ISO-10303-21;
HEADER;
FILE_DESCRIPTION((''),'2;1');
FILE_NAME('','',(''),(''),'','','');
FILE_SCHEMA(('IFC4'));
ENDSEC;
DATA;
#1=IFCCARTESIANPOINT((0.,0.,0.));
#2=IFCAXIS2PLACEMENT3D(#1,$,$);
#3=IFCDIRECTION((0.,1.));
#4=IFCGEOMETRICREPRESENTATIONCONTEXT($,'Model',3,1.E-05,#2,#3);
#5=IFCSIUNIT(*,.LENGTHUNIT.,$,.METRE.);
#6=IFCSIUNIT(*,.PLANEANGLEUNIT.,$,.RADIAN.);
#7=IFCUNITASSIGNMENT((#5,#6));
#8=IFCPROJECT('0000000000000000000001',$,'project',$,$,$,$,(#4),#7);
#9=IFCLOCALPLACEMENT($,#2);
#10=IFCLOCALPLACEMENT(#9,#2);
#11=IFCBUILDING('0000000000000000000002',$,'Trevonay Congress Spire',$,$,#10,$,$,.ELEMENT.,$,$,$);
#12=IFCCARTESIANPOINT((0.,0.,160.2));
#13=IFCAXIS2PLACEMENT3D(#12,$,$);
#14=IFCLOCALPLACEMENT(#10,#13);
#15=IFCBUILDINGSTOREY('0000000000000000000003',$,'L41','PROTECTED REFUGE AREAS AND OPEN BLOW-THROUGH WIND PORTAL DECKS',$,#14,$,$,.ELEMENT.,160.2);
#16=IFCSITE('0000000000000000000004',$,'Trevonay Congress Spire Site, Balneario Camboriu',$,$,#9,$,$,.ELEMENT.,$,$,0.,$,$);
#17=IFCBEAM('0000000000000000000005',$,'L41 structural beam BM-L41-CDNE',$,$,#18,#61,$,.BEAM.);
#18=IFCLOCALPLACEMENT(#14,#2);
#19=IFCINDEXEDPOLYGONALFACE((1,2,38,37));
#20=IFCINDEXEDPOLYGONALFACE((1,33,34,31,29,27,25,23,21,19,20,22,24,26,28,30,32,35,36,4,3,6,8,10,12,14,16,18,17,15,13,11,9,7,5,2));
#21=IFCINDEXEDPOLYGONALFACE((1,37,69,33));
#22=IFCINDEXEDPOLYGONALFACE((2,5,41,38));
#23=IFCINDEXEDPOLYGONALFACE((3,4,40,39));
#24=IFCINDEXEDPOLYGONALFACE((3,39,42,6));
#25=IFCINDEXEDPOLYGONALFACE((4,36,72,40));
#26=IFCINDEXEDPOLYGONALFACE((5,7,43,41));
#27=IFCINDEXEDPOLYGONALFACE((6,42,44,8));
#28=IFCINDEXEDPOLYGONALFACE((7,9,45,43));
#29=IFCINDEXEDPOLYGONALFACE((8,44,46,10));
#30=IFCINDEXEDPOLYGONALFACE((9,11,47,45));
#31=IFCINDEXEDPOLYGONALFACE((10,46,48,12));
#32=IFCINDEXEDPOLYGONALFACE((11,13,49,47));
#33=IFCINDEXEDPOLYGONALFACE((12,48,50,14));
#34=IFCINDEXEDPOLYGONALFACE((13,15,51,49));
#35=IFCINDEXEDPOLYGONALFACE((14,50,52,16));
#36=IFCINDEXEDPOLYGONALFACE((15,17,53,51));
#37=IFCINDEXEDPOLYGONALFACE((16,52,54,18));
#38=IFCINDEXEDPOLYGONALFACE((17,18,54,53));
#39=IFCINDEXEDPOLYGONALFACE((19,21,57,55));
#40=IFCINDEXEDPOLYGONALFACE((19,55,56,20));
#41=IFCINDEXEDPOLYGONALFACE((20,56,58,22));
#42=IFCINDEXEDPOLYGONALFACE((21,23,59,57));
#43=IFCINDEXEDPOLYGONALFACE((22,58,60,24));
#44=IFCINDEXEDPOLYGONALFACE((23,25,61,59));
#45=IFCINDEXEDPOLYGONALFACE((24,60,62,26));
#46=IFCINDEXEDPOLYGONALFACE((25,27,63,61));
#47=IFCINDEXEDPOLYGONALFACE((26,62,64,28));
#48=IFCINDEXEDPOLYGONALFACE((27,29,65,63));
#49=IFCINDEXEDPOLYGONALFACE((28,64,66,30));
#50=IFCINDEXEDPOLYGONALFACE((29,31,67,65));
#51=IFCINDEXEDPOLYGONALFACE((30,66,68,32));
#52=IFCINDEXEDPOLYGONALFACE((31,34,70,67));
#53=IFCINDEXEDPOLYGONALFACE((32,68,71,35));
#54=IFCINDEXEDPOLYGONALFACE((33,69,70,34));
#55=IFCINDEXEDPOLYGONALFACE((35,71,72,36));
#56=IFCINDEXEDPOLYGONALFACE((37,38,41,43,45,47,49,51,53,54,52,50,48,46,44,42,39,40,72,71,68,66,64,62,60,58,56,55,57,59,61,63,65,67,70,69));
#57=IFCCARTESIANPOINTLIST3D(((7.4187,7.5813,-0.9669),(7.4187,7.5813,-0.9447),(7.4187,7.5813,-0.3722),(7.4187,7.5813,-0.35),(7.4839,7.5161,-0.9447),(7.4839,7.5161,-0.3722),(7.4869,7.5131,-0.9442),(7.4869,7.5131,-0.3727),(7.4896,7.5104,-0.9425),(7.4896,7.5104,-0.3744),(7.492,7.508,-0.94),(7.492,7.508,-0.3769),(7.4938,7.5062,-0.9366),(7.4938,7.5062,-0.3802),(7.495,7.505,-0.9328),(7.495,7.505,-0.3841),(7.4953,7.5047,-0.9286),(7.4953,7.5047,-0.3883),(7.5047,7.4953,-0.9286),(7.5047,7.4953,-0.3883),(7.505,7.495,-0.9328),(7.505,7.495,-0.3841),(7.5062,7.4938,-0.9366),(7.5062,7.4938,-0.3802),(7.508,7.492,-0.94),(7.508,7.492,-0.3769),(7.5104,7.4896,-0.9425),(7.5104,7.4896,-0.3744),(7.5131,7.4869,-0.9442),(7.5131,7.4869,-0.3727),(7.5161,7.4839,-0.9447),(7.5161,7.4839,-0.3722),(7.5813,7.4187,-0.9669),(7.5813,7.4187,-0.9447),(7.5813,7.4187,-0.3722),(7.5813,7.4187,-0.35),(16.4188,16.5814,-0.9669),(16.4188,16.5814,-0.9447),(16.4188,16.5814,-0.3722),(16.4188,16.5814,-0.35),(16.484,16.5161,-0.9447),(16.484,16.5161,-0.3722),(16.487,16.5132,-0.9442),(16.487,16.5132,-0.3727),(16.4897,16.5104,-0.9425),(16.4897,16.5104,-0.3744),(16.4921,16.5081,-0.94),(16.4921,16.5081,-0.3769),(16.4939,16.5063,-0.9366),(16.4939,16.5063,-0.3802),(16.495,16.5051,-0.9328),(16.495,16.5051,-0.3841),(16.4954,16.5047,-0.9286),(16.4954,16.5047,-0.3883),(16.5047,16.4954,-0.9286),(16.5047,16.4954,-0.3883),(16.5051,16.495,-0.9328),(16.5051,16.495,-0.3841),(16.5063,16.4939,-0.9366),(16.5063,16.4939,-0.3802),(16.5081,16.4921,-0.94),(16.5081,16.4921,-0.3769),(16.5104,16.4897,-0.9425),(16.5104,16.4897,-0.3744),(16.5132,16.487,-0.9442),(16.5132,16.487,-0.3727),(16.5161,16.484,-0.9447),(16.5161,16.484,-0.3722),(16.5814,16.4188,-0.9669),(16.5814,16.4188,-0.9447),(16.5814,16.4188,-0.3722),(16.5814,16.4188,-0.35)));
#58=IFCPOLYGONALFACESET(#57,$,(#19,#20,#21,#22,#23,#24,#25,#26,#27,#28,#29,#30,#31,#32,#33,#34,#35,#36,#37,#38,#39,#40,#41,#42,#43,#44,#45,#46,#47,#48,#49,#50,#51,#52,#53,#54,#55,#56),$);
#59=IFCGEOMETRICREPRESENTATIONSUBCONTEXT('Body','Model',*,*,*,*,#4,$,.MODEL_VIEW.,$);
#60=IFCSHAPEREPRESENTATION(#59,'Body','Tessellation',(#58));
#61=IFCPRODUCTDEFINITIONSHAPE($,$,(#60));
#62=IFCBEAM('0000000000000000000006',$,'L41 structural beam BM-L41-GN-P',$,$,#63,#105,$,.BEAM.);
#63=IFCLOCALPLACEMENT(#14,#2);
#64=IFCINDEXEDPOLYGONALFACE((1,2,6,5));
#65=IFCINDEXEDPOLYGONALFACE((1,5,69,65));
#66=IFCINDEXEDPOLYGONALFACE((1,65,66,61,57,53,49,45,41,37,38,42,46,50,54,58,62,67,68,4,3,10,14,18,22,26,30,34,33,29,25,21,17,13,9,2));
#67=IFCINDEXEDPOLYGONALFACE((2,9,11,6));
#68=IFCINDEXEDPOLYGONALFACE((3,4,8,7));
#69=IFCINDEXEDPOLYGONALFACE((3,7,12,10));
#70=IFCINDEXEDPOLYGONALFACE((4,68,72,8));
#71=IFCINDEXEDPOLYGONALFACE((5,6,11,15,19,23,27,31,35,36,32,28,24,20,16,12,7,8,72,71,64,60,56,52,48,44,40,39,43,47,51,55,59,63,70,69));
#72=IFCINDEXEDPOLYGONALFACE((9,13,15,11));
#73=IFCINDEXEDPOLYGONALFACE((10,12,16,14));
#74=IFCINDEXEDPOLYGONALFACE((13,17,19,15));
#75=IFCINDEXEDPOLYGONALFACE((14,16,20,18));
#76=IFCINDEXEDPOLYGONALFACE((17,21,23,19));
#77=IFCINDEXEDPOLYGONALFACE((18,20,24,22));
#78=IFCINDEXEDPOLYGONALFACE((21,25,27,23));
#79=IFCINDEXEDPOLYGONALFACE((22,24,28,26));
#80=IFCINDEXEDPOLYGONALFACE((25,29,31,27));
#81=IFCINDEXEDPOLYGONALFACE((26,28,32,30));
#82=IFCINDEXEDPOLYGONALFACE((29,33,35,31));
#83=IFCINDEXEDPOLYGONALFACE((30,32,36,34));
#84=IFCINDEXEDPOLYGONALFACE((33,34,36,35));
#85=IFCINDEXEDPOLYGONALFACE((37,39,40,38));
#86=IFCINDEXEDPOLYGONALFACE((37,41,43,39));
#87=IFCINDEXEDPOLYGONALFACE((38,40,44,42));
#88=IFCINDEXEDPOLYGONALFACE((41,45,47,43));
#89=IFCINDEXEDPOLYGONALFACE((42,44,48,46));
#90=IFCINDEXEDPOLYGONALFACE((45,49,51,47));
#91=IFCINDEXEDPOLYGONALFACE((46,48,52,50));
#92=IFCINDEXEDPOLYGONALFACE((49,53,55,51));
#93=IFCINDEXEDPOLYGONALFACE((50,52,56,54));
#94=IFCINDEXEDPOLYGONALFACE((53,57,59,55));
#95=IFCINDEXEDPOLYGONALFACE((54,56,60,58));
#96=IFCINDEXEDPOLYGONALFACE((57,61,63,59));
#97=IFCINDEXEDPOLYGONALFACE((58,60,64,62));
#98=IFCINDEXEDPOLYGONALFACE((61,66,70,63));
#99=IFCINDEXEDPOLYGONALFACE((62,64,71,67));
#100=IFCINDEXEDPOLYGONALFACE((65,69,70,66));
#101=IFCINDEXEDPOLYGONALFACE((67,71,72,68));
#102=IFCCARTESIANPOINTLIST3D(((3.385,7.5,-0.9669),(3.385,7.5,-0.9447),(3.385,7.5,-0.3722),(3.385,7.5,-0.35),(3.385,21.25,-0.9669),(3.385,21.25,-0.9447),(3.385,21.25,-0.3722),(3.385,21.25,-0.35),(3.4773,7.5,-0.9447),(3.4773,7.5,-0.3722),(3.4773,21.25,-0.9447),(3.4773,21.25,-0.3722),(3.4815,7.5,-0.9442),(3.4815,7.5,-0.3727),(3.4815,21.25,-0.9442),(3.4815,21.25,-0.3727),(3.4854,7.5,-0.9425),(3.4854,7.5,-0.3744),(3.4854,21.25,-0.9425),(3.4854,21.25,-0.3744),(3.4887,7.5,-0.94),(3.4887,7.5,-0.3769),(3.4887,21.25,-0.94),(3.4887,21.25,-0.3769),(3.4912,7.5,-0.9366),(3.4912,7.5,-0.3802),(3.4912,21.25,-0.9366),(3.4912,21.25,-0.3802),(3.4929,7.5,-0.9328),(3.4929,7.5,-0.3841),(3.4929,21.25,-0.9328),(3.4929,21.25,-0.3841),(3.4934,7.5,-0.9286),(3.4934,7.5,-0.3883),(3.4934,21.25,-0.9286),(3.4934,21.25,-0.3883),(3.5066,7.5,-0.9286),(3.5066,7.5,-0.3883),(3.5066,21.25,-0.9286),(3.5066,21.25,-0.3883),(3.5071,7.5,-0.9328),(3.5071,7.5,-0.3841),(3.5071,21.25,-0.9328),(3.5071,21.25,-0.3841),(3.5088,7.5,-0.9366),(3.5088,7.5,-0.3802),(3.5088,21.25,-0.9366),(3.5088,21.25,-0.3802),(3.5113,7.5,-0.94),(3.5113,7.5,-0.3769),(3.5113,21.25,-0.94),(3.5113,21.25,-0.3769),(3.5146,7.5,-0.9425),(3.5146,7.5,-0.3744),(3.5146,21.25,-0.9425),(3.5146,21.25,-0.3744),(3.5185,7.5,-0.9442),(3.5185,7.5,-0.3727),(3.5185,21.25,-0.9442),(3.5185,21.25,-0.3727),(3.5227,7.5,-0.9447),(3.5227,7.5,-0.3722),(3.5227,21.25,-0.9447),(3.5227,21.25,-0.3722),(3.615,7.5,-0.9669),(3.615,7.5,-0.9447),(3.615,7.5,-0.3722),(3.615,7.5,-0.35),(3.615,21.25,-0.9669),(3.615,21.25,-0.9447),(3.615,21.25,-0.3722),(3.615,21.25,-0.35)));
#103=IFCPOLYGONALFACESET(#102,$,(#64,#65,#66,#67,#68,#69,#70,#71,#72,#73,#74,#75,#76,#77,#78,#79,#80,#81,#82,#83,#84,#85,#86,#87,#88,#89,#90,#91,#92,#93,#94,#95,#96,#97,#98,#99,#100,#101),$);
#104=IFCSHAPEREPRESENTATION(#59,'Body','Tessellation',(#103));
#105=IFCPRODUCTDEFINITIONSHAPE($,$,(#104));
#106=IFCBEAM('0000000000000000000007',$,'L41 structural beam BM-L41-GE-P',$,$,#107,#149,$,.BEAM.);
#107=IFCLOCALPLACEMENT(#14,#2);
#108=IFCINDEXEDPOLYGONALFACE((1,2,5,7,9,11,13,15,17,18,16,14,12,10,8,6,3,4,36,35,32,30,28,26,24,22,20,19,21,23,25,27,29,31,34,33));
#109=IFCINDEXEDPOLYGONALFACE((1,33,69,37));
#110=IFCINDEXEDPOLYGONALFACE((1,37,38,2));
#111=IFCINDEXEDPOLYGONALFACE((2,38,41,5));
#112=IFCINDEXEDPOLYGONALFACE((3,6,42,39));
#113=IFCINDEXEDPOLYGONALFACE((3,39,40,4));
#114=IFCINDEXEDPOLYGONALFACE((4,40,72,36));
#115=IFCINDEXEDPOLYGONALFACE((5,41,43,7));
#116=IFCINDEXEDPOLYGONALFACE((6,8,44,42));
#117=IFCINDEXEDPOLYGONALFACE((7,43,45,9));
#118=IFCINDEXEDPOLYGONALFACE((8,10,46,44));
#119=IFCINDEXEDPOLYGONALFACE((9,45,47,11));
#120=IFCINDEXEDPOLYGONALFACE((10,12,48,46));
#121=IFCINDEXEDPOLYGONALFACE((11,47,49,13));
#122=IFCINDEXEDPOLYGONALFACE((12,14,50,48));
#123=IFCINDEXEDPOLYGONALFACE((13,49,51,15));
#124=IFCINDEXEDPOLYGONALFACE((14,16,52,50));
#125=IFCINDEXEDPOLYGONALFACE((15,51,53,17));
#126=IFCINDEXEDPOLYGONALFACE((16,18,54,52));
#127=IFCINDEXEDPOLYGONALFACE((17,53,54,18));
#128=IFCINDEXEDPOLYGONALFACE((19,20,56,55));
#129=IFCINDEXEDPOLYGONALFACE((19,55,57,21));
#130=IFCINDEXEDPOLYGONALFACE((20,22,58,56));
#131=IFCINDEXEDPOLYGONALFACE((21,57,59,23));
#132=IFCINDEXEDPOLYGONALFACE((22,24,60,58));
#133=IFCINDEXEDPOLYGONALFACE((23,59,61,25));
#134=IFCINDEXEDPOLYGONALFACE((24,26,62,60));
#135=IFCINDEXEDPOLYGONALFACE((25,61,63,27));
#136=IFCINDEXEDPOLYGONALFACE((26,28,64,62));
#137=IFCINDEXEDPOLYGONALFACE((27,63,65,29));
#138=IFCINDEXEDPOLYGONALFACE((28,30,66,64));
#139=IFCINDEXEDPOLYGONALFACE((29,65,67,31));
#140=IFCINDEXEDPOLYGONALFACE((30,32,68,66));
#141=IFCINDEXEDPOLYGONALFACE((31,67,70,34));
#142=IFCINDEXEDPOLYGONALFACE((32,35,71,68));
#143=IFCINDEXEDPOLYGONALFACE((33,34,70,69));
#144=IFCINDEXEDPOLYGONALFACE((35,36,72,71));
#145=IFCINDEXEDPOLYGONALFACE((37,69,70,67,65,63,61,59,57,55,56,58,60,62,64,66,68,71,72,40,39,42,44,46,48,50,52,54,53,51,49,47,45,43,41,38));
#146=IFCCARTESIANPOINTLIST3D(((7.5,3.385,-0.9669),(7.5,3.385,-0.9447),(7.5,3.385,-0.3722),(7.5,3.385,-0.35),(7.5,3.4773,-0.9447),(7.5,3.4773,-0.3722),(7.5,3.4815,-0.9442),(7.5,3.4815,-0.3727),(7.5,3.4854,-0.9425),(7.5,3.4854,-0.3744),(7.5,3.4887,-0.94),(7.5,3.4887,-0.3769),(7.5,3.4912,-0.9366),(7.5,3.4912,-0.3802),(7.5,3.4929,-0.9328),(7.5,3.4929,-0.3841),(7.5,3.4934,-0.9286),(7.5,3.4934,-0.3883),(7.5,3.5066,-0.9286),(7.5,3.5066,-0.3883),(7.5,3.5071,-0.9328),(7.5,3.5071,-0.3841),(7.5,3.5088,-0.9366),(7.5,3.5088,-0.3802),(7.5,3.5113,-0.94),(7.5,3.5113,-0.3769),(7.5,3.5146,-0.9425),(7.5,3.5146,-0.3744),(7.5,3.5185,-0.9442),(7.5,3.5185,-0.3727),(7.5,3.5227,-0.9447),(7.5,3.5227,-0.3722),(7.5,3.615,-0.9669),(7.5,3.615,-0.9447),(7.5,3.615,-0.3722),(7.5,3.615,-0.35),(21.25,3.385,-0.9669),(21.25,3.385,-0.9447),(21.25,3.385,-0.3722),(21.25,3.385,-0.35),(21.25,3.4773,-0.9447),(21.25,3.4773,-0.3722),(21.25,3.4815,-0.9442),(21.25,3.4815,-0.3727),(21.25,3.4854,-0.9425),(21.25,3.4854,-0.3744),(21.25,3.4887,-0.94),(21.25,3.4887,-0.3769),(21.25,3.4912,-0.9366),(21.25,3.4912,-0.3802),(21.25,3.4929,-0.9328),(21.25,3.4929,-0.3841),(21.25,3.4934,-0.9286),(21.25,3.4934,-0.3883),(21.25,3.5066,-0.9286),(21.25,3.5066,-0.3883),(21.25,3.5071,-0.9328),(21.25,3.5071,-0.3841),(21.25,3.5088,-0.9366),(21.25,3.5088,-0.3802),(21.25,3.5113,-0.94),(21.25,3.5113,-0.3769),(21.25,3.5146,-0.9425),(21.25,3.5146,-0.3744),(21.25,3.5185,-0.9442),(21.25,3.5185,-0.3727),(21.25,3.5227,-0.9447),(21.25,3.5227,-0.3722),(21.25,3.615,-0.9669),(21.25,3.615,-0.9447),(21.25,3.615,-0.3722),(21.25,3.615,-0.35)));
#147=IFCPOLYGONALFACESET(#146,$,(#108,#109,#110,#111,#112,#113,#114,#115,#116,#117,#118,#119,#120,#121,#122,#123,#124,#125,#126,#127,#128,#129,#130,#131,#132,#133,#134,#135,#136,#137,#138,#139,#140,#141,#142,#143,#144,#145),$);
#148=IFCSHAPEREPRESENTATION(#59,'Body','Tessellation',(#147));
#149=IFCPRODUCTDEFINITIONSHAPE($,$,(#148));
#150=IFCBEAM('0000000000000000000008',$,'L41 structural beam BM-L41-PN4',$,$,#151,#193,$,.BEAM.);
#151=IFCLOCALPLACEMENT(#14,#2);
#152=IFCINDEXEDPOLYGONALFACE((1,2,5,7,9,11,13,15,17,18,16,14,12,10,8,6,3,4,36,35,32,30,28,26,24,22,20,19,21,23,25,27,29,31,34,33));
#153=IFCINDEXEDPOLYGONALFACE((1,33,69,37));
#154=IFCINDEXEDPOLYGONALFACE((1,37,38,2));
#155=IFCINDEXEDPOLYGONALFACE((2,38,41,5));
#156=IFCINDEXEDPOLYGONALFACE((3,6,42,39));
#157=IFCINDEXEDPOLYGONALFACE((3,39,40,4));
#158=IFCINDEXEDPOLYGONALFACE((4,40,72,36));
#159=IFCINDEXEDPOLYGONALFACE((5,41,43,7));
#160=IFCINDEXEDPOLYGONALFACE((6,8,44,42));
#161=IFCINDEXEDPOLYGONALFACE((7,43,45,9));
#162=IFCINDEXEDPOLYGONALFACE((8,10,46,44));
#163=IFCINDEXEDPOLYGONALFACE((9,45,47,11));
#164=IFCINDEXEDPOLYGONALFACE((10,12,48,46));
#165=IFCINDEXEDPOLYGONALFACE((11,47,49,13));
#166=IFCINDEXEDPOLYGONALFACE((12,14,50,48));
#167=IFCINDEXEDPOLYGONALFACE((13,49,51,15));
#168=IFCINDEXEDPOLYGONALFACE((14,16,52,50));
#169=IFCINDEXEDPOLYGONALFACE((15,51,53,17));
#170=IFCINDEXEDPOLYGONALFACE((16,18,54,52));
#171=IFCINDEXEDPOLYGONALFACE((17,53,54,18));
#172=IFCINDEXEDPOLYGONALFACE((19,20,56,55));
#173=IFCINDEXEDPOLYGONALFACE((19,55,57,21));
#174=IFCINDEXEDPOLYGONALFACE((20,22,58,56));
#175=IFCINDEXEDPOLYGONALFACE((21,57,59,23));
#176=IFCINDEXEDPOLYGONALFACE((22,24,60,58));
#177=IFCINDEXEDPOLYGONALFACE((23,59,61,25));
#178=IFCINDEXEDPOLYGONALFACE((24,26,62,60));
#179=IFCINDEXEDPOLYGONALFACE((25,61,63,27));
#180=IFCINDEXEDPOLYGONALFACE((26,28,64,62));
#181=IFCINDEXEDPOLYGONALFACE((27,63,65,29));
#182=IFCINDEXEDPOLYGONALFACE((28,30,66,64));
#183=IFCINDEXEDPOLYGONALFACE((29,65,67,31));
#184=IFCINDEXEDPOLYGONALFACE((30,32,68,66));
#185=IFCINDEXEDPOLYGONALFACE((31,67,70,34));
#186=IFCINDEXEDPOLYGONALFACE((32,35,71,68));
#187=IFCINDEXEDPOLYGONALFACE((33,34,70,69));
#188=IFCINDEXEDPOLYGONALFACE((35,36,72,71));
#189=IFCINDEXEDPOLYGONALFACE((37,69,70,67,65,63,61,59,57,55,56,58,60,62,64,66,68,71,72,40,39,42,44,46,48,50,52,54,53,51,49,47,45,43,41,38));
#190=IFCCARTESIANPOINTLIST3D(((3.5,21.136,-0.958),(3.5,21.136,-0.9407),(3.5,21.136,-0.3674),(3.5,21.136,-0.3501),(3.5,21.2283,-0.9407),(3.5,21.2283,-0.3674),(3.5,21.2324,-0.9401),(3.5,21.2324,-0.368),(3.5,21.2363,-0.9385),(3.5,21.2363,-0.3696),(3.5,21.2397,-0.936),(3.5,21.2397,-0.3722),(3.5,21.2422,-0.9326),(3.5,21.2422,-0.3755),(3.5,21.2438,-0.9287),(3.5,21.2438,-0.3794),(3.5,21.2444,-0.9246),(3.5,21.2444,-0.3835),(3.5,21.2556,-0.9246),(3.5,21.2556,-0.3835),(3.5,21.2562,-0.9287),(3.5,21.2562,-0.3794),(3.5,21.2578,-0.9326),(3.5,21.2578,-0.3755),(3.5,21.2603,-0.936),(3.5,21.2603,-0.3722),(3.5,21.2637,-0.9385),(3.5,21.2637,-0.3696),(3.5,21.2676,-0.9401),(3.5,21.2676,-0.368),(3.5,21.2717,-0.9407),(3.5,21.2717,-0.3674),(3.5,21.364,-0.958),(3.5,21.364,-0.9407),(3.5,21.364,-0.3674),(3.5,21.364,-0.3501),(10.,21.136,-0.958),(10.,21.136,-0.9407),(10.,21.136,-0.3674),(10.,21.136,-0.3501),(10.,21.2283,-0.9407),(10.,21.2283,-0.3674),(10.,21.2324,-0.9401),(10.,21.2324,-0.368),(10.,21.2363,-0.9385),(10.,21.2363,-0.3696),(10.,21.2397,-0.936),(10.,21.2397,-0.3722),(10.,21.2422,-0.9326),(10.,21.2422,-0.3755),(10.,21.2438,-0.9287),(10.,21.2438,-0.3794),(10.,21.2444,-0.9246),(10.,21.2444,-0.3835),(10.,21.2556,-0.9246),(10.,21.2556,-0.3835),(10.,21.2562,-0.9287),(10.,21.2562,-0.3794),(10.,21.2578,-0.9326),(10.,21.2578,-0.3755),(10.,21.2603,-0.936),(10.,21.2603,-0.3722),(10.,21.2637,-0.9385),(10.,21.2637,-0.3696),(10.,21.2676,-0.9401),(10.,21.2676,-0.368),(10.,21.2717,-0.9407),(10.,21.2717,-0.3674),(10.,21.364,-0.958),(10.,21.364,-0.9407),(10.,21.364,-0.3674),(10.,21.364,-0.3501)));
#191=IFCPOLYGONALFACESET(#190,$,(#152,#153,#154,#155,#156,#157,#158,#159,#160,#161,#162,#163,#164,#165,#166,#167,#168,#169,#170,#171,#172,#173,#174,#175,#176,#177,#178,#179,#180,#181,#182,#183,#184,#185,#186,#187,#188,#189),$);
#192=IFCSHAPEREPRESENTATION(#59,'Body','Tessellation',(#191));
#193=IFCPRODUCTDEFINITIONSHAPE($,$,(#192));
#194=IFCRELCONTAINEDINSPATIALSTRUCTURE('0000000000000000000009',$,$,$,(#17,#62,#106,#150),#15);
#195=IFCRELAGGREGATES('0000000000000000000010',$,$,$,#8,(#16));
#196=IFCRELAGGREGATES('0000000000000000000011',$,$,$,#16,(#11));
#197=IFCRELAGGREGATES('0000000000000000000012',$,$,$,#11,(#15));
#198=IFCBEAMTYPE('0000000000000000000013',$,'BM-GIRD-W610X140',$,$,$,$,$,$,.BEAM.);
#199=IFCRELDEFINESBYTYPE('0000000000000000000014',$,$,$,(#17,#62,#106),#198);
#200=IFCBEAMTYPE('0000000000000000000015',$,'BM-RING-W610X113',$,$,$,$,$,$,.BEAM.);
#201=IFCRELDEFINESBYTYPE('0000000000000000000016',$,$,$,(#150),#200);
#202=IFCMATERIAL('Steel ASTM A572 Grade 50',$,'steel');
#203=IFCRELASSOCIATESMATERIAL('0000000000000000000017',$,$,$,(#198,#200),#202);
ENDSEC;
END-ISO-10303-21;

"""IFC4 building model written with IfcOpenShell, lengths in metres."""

from ifc_helpers import new_model, si_unit, direction, frame, origin, origin_2d, place, context, subcontext, project, spatial, i_section, extrude, material, material_profile, profile_set, type_object, element, save


model = new_model("IFC4")

# Units and contexts
model_context = context("Model", 3, precision=1e-05, world=origin(), true_north=direction((0.0, 1.0)))
body_context = subcontext(model_context, "Body", "Model", "MODEL_VIEW")
ifc_project = project(units=[si_unit("LENGTHUNIT", "METRE"), si_unit("PLANEANGLEUNIT", "RADIAN")], contexts=[model_context])

# Site, building, storey
site_placement = place(None, origin())
site = spatial("IfcSite", under=ifc_project, at=site_placement, Name="Trevonay Congress Spire Site, Balneario Camboriu", CompositionType="ELEMENT", RefElevation=0.0)
building_placement = place(site_placement, origin())
building = spatial("IfcBuilding", under=site, at=building_placement, Name="Trevonay Congress Spire", CompositionType="ELEMENT")
storey_placement = place(building_placement, frame((0.0, 0.0, 160.2)))
storey = spatial("IfcBuildingStorey", under=building, at=storey_placement, Name="L41", Description="PROTECTED REFUGE AREAS AND OPEN BLOW-THROUGH WIND PORTAL DECKS", CompositionType="ELEMENT", Elevation=160.2)

# Shared definitions
ifc_material_1 = material(Name="Steel ASTM A572 Grade 50", Category="steel")

# Beams
ifc_material_profile_1 = material_profile(ifc_material_1, i_section(OverallWidth=0.23, OverallDepth=0.6169, WebThickness=0.0132, FlangeThickness=0.0222, FilletRadius=0.0161, at=origin_2d()), Name="W610x140")
ifc_profile_set_1 = profile_set([ifc_material_profile_1], Name="Steel ASTM A572 Grade 50")
beam_type_1 = type_object("IfcBeamType", Name="BM-GIRD-W610X140", PredefinedType="BEAM", material=ifc_profile_set_1)
beam_1_placement = place(storey_placement, frame((7.5, 7.5, -0.6584), z_axis=(0.707107, 0.707107, 0.0), x_axis=(-0.707107, 0.707107, 0.0)))
element("IfcBeam", 1, at=beam_1_placement, inside=storey, type_object=beam_type_1, Name="L41 structural beam BM-L41-CDNE", PredefinedType="BEAM", context=body_context, shape_type="SweptSolid", body=[
    extrude(i_section(OverallWidth=0.23, OverallDepth=0.6169, WebThickness=0.0132, FlangeThickness=0.0222, FilletRadius=0.0161, at=origin_2d()), origin(), (0.0, 0.0, 1.0), 12.728),
])
for number, where, z_axis, x_axis, name in (
    (2, (3.5, 7.5, -0.6584), (0.0, 1.0, 0.0), (-1.0, 0.0, 0.0), "L41 structural beam BM-L41-GN-P"),
    (3, (7.5, 3.5, -0.6584), (1.0, 0.0, 0.0), (0.0, 1.0, 0.0), "L41 structural beam BM-L41-GE-P"),
):
    element("IfcBeam", number, at=place(storey_placement, frame(where, z_axis=z_axis, x_axis=x_axis)), inside=storey, type_object=beam_type_1, Name=name, PredefinedType="BEAM", context=body_context, shape_type="SweptSolid", body=[
        extrude(i_section(OverallWidth=0.23, OverallDepth=0.6169, WebThickness=0.0132, FlangeThickness=0.0222, FilletRadius=0.0161, at=origin_2d()), origin(), (0.0, 0.0, 1.0), 13.75),
    ])
ifc_material_profile_2 = material_profile(ifc_material_1, i_section(OverallWidth=0.228, OverallDepth=0.6079, WebThickness=0.0112, FlangeThickness=0.0173, FilletRadius=0.0161, at=origin_2d()), Name="W610x113")
ifc_profile_set_2 = profile_set([ifc_material_profile_2], Name="Steel ASTM A572 Grade 50")
beam_type_2 = type_object("IfcBeamType", Name="BM-RING-W610X113", PredefinedType="BEAM", material=ifc_profile_set_2)
beam_2_placement = place(storey_placement, frame((3.5, 21.25, -0.6541), z_axis=(1.0, 0.0, 0.0), x_axis=(0.0, 1.0, 0.0)))
element("IfcBeam", 4, at=beam_2_placement, inside=storey, type_object=beam_type_2, Name="L41 structural beam BM-L41-PN4", PredefinedType="BEAM", context=body_context, shape_type="SweptSolid", body=[
    extrude(i_section(OverallWidth=0.228, OverallDepth=0.6079, WebThickness=0.0112, FlangeThickness=0.0173, FilletRadius=0.0161, at=origin_2d()), origin(), (0.0, 0.0, 1.0), 6.5),
])

save(model, "model.ifc")
